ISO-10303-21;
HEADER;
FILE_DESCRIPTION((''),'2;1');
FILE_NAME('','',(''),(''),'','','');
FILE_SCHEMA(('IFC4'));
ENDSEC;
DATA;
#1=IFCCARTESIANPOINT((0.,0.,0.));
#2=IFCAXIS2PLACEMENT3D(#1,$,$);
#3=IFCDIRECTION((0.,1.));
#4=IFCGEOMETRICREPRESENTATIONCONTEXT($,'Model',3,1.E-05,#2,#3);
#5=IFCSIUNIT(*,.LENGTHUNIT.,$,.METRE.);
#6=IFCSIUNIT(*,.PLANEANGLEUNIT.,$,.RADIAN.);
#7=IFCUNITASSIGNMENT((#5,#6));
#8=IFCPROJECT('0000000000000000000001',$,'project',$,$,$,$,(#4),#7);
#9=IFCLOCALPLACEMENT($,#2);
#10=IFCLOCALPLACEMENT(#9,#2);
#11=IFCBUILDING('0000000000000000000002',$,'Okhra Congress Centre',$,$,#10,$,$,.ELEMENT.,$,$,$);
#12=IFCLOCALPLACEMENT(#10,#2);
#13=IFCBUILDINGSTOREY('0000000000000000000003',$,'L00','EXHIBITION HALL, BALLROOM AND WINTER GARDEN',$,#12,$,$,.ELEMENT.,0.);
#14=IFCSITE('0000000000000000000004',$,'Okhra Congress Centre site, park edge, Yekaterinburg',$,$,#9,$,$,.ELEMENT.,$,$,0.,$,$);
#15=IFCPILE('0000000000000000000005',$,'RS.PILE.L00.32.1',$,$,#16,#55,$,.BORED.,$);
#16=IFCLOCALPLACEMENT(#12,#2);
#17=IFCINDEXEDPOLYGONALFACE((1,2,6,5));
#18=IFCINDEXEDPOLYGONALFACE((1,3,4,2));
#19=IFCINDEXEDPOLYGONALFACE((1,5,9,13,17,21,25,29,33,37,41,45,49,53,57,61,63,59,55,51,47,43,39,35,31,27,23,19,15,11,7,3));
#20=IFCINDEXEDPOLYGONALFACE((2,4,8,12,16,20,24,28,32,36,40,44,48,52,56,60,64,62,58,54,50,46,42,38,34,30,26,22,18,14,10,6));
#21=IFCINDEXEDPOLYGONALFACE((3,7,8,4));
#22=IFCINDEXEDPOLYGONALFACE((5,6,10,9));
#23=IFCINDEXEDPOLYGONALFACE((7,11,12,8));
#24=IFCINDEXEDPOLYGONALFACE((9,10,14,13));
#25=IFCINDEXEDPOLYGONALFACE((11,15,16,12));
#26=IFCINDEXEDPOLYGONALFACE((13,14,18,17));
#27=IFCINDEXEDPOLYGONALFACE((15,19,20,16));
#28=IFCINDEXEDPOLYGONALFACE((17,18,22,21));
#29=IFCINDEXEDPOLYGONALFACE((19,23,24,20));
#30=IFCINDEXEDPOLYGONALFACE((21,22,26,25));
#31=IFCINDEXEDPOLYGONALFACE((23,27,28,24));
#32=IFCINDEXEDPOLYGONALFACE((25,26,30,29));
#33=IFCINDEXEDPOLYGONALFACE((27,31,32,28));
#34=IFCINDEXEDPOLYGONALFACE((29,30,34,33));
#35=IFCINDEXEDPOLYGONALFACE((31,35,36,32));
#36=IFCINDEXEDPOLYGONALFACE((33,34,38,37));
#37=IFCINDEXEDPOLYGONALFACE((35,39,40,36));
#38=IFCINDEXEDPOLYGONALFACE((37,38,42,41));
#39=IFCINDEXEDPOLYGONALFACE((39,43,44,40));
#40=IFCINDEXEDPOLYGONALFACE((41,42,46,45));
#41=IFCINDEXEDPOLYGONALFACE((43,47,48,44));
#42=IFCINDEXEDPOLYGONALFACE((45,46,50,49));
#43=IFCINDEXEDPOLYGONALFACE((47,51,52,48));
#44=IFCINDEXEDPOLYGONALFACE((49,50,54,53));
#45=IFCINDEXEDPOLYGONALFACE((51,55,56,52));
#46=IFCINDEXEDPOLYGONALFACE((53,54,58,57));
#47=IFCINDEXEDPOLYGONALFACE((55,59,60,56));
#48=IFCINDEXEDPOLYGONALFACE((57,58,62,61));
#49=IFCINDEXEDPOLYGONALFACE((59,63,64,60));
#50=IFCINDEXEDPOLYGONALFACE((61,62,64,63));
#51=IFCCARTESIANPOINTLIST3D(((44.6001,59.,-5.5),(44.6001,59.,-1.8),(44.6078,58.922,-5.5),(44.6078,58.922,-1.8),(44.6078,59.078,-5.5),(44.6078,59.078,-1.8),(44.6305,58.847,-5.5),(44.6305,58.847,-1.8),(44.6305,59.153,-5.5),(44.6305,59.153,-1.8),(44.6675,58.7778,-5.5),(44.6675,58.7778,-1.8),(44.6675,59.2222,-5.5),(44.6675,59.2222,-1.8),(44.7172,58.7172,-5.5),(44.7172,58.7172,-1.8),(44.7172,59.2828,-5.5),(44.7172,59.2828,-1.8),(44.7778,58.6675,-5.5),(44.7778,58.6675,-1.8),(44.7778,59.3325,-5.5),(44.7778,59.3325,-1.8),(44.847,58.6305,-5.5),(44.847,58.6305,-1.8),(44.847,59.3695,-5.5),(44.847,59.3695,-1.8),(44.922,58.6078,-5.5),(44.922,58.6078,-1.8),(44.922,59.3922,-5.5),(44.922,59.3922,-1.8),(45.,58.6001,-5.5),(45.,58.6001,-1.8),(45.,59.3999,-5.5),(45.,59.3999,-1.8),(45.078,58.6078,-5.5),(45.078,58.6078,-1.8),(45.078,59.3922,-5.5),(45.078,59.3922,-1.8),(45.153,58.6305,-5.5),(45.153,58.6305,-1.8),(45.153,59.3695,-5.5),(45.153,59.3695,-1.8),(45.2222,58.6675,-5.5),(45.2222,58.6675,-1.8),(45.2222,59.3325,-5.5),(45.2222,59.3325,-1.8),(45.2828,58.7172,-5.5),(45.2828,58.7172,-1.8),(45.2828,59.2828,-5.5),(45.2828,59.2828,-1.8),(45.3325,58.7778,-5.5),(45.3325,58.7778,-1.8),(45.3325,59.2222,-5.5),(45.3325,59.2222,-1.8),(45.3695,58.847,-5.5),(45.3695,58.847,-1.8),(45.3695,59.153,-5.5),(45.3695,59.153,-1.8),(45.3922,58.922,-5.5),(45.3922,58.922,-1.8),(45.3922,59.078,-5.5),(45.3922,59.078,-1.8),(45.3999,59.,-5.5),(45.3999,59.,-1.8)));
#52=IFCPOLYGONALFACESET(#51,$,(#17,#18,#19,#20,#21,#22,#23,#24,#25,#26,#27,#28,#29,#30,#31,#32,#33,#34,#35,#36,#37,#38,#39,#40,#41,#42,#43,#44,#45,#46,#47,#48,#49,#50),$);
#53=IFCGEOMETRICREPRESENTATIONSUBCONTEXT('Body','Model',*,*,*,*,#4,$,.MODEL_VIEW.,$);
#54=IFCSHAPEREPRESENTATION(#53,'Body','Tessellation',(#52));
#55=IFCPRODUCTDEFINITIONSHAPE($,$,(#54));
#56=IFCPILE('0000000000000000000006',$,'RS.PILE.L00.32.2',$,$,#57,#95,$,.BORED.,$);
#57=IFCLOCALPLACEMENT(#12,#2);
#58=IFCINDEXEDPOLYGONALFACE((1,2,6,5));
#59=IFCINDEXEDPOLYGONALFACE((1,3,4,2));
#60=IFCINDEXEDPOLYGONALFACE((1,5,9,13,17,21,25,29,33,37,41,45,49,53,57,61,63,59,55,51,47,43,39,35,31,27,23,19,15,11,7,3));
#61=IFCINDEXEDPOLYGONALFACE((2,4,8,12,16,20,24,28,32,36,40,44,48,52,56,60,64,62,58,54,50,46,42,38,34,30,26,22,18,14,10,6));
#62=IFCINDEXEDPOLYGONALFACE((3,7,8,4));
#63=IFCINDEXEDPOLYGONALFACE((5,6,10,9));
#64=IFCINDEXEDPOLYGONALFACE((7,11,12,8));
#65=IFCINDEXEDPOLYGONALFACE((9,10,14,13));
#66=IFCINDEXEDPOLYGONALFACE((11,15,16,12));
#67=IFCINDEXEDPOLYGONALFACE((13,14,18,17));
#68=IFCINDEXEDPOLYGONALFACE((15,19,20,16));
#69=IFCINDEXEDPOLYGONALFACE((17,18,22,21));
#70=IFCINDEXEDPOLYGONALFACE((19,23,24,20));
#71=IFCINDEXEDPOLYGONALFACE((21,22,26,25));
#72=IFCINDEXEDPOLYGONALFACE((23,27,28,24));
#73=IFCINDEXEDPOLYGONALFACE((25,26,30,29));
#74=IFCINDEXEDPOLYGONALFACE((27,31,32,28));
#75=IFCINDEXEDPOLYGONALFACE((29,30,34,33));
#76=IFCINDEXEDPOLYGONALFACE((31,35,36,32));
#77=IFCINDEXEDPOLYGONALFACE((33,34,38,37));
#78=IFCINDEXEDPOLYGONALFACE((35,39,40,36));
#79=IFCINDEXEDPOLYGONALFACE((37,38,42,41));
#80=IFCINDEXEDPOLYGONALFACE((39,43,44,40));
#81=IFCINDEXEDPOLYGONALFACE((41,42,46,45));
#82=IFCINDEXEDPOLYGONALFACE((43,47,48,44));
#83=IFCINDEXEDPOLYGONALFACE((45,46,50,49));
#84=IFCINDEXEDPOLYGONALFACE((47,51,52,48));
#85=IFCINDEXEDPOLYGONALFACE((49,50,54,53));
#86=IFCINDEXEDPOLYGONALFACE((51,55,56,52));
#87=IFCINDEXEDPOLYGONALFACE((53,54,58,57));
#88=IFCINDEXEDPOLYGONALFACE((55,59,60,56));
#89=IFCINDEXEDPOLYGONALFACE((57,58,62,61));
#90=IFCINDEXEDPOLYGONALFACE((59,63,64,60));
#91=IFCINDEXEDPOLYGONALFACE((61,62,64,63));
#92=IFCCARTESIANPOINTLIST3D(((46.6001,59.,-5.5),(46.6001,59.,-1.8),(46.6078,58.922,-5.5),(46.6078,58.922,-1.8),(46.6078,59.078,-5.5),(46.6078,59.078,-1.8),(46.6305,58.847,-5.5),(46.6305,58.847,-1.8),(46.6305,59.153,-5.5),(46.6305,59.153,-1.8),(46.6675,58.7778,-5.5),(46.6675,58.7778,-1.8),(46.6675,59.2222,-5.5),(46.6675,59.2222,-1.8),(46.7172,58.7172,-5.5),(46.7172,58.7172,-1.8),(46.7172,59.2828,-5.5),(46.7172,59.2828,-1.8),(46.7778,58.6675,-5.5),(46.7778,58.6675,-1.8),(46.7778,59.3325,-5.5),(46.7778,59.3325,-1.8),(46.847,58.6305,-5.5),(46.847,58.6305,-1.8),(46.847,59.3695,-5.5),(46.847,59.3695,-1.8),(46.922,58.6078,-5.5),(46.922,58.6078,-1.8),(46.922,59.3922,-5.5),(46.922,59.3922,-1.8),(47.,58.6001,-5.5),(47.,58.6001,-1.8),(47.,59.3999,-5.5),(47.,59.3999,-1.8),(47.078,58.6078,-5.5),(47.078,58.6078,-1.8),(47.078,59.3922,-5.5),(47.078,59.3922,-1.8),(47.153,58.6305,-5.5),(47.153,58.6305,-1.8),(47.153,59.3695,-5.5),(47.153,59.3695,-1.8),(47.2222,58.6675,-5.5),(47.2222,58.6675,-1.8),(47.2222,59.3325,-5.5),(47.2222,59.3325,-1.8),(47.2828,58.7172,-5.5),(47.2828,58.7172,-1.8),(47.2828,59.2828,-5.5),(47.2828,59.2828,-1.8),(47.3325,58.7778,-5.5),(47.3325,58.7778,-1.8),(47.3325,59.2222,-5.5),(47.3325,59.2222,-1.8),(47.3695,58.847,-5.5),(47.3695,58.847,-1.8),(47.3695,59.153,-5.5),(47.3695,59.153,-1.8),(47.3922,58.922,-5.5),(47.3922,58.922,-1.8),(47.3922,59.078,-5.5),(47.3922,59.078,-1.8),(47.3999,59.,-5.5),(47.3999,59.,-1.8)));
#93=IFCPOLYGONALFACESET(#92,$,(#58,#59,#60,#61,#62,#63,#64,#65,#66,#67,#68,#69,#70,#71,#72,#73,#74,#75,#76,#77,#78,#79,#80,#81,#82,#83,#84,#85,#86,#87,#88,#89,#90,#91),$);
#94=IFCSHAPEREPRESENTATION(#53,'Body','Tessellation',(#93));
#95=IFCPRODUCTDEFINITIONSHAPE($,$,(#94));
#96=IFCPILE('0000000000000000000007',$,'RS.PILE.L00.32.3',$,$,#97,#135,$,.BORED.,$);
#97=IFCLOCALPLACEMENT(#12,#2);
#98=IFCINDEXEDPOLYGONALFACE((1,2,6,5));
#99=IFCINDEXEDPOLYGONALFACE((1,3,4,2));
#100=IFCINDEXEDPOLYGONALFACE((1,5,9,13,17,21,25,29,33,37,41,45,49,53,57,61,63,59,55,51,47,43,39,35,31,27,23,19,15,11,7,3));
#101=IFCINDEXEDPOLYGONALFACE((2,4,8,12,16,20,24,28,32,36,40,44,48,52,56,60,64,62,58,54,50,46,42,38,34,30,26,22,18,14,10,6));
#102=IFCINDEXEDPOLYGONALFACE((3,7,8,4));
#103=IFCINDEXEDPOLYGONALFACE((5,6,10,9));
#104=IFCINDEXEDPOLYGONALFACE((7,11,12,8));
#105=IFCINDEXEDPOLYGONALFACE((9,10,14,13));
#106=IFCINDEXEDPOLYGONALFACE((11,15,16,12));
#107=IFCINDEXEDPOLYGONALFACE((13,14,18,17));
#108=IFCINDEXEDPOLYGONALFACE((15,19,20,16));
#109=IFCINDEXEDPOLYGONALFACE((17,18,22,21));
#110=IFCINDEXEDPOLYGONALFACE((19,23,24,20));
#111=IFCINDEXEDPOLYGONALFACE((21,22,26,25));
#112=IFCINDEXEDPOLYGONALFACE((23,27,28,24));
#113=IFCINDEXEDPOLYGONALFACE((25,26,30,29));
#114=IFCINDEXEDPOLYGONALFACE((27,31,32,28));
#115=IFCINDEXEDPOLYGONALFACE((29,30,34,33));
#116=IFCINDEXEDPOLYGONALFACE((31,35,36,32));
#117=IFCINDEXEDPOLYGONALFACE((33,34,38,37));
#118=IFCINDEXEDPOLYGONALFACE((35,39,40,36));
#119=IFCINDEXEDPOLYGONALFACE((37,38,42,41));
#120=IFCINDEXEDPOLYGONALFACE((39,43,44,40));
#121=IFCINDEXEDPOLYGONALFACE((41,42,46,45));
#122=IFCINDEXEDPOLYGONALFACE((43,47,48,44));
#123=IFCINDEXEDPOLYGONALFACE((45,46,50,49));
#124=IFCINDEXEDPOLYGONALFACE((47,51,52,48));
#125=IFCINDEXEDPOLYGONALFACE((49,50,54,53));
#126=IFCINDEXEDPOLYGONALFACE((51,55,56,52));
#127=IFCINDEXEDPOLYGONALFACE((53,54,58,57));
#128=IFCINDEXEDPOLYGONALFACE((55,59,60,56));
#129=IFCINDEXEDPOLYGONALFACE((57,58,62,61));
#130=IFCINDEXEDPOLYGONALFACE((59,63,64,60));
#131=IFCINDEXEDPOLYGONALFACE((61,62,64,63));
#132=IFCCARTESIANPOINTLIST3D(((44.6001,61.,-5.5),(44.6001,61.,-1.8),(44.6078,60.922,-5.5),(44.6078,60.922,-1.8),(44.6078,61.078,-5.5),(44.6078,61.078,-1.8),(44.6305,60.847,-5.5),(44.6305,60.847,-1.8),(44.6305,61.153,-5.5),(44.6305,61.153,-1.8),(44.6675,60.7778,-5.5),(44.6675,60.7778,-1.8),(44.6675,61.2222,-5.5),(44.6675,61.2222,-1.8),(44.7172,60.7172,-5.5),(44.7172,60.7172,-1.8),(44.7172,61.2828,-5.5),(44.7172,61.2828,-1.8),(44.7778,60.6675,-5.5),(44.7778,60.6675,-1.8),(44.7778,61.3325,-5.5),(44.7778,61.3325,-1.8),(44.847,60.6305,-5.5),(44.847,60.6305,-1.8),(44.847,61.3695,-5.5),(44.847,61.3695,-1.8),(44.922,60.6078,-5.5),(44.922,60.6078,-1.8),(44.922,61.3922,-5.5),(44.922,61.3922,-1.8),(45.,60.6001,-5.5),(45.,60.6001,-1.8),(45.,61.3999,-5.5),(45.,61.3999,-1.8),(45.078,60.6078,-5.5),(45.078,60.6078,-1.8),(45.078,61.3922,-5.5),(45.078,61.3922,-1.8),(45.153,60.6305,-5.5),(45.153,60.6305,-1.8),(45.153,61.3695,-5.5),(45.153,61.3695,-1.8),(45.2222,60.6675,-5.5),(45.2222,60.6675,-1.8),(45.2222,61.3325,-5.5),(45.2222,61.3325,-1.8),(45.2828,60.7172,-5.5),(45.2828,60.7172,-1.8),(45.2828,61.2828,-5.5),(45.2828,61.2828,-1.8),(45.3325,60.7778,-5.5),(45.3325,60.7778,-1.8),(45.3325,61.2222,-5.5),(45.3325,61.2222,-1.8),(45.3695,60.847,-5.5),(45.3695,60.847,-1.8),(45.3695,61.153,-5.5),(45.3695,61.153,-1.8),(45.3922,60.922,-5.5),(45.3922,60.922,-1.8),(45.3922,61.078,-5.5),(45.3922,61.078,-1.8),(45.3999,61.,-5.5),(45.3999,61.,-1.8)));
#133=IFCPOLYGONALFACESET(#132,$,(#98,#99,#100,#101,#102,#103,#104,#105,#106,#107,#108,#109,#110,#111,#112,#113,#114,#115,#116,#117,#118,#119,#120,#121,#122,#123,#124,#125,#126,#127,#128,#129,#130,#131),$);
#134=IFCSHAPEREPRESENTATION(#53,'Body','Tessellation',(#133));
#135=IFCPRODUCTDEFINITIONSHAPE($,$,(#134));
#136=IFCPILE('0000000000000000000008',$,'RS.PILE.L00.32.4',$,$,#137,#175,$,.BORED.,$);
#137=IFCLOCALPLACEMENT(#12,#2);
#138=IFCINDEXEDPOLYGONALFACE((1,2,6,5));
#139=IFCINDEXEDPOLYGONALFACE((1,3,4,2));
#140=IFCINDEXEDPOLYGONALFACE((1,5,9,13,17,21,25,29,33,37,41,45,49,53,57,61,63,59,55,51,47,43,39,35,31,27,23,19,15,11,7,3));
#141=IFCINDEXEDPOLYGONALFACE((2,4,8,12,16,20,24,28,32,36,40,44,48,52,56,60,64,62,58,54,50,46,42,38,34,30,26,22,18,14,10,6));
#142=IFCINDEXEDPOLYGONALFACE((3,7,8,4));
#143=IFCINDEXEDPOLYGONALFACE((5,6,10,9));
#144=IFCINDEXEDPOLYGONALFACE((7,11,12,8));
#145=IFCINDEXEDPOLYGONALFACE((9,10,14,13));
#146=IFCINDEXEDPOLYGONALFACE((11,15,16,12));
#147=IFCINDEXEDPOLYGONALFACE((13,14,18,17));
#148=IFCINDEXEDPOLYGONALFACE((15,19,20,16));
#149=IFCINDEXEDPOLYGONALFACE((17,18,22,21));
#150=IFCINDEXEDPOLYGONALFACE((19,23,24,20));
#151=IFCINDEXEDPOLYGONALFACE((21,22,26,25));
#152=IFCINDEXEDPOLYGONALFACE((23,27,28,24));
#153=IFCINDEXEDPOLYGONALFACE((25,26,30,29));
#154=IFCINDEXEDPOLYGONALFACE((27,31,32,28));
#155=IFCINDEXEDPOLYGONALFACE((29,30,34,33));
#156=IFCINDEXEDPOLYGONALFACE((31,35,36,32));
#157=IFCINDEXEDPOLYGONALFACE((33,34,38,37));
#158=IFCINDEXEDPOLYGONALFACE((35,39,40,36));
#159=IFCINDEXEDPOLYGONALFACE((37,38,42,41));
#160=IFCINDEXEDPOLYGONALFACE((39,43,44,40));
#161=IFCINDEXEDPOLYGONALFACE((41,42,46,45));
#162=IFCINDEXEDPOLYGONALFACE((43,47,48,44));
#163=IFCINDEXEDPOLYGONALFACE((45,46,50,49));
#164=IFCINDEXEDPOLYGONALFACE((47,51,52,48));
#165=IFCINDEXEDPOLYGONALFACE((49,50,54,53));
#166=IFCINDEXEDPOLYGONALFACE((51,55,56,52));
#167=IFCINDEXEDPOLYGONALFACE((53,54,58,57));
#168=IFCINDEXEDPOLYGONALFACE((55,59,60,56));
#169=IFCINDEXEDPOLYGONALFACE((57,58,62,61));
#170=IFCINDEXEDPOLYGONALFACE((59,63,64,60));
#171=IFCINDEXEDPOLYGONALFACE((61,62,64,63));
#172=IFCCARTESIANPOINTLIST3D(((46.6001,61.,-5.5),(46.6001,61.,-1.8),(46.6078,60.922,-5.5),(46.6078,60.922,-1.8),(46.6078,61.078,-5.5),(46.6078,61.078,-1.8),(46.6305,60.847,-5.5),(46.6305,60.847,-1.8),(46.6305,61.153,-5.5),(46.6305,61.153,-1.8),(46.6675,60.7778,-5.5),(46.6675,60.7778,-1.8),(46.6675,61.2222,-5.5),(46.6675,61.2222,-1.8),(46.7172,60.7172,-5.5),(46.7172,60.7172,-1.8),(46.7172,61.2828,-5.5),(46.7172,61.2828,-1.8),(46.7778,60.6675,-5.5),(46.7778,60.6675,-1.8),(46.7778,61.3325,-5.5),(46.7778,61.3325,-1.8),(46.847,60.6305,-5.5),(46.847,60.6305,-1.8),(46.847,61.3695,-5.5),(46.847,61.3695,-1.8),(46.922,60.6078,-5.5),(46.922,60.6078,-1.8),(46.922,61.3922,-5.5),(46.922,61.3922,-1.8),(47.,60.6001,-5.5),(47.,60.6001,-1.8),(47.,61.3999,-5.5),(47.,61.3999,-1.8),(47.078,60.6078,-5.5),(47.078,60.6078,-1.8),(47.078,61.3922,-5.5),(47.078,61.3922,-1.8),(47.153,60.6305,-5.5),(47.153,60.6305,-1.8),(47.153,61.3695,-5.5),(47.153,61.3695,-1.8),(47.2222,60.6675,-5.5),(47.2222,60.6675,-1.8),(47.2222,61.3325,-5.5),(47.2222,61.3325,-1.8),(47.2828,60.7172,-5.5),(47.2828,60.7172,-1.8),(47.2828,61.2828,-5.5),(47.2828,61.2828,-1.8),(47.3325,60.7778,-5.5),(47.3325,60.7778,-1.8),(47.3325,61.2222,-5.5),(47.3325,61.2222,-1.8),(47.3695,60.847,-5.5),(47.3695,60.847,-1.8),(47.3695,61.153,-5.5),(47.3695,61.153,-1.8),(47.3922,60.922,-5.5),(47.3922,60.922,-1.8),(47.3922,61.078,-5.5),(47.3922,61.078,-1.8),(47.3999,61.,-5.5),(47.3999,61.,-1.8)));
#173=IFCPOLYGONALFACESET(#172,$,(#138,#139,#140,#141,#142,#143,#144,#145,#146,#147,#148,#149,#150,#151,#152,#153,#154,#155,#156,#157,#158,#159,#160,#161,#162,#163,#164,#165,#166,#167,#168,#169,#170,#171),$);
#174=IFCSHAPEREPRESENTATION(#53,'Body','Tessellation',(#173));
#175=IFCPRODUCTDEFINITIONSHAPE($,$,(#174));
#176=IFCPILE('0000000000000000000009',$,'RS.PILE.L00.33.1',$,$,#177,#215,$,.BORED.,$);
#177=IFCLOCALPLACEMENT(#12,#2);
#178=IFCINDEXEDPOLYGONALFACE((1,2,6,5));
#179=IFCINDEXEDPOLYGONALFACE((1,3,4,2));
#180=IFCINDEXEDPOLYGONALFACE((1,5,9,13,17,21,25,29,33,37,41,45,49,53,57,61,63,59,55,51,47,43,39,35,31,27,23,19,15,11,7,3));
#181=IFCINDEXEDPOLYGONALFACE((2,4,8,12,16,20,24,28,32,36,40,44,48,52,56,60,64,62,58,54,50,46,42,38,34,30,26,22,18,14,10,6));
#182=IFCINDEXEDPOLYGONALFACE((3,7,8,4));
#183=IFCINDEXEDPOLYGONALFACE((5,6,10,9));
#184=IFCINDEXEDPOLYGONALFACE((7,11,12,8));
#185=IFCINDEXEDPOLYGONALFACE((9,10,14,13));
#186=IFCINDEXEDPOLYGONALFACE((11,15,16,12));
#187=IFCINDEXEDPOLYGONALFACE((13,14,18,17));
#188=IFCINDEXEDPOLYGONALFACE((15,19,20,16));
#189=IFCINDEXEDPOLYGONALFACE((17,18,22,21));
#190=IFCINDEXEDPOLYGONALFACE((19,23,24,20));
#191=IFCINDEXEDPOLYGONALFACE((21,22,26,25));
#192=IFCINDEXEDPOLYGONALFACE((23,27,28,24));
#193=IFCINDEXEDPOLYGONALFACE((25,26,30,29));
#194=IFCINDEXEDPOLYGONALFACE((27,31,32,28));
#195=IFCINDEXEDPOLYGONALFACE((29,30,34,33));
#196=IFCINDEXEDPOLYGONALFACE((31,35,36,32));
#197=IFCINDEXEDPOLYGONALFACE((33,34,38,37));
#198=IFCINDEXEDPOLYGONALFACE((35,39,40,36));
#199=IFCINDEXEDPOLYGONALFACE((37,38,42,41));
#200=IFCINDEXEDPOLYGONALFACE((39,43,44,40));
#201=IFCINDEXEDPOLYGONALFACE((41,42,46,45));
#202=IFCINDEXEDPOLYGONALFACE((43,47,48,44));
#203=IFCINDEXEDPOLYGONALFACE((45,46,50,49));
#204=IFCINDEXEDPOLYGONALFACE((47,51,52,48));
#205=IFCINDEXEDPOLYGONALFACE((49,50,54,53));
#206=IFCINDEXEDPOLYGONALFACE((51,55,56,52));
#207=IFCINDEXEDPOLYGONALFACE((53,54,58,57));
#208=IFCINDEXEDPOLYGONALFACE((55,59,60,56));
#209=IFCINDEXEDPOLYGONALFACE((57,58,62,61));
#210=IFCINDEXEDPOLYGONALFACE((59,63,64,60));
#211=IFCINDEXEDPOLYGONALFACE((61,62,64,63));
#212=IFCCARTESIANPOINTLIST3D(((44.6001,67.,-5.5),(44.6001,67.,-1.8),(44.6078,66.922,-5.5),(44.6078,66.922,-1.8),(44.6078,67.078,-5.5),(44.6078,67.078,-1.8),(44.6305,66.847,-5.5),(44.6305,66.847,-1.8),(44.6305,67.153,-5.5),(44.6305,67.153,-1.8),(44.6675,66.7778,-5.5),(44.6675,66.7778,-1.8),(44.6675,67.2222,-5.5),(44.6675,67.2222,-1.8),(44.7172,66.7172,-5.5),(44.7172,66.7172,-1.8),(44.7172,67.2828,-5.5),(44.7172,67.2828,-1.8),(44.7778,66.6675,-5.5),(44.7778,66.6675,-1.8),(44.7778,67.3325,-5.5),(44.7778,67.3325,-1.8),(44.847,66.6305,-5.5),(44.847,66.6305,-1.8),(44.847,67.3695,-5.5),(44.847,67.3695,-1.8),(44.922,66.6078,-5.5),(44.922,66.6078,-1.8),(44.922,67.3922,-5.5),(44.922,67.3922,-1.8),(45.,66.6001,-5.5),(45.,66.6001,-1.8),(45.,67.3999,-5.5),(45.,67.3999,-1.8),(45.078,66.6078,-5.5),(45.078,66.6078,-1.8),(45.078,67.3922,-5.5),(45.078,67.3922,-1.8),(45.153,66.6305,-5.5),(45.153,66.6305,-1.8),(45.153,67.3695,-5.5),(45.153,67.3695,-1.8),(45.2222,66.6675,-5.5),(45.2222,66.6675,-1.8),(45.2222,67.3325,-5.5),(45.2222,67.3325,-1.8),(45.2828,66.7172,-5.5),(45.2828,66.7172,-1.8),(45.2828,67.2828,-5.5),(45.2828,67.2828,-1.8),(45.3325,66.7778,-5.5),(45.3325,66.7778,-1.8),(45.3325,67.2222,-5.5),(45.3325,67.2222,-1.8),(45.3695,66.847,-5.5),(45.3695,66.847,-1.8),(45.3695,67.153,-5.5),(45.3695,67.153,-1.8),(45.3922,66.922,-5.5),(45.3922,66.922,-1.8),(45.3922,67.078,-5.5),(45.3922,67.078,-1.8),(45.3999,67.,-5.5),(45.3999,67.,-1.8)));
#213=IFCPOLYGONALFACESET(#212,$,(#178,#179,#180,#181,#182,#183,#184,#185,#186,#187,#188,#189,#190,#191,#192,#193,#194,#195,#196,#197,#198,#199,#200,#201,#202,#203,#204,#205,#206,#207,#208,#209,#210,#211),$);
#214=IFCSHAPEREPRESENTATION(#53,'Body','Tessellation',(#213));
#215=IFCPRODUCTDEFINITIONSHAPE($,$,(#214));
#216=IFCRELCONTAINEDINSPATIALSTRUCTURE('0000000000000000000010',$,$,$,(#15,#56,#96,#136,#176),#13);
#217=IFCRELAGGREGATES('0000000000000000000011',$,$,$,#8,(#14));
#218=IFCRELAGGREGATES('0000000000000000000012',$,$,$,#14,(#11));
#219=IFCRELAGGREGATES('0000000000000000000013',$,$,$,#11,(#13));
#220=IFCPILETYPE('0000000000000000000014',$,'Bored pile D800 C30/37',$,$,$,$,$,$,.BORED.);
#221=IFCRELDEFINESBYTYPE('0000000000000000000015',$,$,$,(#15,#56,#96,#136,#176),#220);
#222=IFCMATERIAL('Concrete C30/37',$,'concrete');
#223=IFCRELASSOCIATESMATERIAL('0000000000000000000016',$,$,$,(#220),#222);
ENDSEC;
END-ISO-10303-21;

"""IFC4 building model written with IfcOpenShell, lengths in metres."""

from ifc_helpers import new_model, si_unit, direction, frame, origin, origin_2d, place, context, subcontext, project, spatial, circle, extrude, material, material_profile, profile_set, type_object, element, save


model = new_model("IFC4")

# Units and contexts
model_context = context("Model", 3, precision=1e-05, world=origin(), true_north=direction((0.0, 1.0)))
body_context = subcontext(model_context, "Body", "Model", "MODEL_VIEW")
ifc_project = project(units=[si_unit("LENGTHUNIT", "METRE"), si_unit("PLANEANGLEUNIT", "RADIAN")], contexts=[model_context])

# Site, building, storey
site_placement = place(None, origin())
site = spatial("IfcSite", under=ifc_project, at=site_placement, Name="Okhra Congress Centre site, park edge, Yekaterinburg", CompositionType="ELEMENT", RefElevation=0.0)
building_placement = place(site_placement, origin())
building = spatial("IfcBuilding", under=site, at=building_placement, Name="Okhra Congress Centre", CompositionType="ELEMENT")
storey_placement = place(building_placement, origin())
storey = spatial("IfcBuildingStorey", under=building, at=storey_placement, Name="L00", Description="EXHIBITION HALL, BALLROOM AND WINTER GARDEN", CompositionType="ELEMENT", Elevation=0.0)

# Piles
ifc_material_1 = material(Name="Concrete C30/37", Category="concrete")
ifc_material_profile_1 = material_profile(ifc_material_1, circle(Radius=0.3999, at=origin_2d()), Name="D800")
ifc_profile_set_1 = profile_set([ifc_material_profile_1], Name="Concrete C30/37")
pile_type = type_object("IfcPileType", Name="Bored pile D800 C30/37", PredefinedType="BORED", material=ifc_profile_set_1)
for number, where, z_axis, x_axis, name in (
    (1, (45.0, 59.0, -1.8), (0.0, 0.0, -1.0), (1.0, 0.0, 0.0), "RS.PILE.L00.32.1"),
    (2, (47.0, 59.0, -1.8), (0.0, 0.0, -1.0), (1.0, 0.0, 0.0), "RS.PILE.L00.32.2"),
    (3, (45.0, 61.0, -1.8), (0.0, 0.0, -1.0), (1.0, 0.0, 0.0), "RS.PILE.L00.32.3"),
    (4, (47.0, 61.0, -1.8), (0.0, 0.0, -1.0), (1.0, 0.0, 0.0), "RS.PILE.L00.32.4"),
    (5, (45.0, 67.0, -1.8), (0.0, 0.0, -1.0), (1.0, 0.0, 0.0), "RS.PILE.L00.33.1"),
):
    element("IfcPile", number, at=place(storey_placement, frame(where, z_axis=z_axis, x_axis=x_axis)), inside=storey, type_object=pile_type, Name=name, PredefinedType="BORED", context=body_context, shape_type="SweptSolid", body=[
        extrude(circle(Radius=0.3999, at=origin_2d()), origin(), (0.0, 0.0, 1.0), 3.7),
    ])

save(model, "model.ifc")
